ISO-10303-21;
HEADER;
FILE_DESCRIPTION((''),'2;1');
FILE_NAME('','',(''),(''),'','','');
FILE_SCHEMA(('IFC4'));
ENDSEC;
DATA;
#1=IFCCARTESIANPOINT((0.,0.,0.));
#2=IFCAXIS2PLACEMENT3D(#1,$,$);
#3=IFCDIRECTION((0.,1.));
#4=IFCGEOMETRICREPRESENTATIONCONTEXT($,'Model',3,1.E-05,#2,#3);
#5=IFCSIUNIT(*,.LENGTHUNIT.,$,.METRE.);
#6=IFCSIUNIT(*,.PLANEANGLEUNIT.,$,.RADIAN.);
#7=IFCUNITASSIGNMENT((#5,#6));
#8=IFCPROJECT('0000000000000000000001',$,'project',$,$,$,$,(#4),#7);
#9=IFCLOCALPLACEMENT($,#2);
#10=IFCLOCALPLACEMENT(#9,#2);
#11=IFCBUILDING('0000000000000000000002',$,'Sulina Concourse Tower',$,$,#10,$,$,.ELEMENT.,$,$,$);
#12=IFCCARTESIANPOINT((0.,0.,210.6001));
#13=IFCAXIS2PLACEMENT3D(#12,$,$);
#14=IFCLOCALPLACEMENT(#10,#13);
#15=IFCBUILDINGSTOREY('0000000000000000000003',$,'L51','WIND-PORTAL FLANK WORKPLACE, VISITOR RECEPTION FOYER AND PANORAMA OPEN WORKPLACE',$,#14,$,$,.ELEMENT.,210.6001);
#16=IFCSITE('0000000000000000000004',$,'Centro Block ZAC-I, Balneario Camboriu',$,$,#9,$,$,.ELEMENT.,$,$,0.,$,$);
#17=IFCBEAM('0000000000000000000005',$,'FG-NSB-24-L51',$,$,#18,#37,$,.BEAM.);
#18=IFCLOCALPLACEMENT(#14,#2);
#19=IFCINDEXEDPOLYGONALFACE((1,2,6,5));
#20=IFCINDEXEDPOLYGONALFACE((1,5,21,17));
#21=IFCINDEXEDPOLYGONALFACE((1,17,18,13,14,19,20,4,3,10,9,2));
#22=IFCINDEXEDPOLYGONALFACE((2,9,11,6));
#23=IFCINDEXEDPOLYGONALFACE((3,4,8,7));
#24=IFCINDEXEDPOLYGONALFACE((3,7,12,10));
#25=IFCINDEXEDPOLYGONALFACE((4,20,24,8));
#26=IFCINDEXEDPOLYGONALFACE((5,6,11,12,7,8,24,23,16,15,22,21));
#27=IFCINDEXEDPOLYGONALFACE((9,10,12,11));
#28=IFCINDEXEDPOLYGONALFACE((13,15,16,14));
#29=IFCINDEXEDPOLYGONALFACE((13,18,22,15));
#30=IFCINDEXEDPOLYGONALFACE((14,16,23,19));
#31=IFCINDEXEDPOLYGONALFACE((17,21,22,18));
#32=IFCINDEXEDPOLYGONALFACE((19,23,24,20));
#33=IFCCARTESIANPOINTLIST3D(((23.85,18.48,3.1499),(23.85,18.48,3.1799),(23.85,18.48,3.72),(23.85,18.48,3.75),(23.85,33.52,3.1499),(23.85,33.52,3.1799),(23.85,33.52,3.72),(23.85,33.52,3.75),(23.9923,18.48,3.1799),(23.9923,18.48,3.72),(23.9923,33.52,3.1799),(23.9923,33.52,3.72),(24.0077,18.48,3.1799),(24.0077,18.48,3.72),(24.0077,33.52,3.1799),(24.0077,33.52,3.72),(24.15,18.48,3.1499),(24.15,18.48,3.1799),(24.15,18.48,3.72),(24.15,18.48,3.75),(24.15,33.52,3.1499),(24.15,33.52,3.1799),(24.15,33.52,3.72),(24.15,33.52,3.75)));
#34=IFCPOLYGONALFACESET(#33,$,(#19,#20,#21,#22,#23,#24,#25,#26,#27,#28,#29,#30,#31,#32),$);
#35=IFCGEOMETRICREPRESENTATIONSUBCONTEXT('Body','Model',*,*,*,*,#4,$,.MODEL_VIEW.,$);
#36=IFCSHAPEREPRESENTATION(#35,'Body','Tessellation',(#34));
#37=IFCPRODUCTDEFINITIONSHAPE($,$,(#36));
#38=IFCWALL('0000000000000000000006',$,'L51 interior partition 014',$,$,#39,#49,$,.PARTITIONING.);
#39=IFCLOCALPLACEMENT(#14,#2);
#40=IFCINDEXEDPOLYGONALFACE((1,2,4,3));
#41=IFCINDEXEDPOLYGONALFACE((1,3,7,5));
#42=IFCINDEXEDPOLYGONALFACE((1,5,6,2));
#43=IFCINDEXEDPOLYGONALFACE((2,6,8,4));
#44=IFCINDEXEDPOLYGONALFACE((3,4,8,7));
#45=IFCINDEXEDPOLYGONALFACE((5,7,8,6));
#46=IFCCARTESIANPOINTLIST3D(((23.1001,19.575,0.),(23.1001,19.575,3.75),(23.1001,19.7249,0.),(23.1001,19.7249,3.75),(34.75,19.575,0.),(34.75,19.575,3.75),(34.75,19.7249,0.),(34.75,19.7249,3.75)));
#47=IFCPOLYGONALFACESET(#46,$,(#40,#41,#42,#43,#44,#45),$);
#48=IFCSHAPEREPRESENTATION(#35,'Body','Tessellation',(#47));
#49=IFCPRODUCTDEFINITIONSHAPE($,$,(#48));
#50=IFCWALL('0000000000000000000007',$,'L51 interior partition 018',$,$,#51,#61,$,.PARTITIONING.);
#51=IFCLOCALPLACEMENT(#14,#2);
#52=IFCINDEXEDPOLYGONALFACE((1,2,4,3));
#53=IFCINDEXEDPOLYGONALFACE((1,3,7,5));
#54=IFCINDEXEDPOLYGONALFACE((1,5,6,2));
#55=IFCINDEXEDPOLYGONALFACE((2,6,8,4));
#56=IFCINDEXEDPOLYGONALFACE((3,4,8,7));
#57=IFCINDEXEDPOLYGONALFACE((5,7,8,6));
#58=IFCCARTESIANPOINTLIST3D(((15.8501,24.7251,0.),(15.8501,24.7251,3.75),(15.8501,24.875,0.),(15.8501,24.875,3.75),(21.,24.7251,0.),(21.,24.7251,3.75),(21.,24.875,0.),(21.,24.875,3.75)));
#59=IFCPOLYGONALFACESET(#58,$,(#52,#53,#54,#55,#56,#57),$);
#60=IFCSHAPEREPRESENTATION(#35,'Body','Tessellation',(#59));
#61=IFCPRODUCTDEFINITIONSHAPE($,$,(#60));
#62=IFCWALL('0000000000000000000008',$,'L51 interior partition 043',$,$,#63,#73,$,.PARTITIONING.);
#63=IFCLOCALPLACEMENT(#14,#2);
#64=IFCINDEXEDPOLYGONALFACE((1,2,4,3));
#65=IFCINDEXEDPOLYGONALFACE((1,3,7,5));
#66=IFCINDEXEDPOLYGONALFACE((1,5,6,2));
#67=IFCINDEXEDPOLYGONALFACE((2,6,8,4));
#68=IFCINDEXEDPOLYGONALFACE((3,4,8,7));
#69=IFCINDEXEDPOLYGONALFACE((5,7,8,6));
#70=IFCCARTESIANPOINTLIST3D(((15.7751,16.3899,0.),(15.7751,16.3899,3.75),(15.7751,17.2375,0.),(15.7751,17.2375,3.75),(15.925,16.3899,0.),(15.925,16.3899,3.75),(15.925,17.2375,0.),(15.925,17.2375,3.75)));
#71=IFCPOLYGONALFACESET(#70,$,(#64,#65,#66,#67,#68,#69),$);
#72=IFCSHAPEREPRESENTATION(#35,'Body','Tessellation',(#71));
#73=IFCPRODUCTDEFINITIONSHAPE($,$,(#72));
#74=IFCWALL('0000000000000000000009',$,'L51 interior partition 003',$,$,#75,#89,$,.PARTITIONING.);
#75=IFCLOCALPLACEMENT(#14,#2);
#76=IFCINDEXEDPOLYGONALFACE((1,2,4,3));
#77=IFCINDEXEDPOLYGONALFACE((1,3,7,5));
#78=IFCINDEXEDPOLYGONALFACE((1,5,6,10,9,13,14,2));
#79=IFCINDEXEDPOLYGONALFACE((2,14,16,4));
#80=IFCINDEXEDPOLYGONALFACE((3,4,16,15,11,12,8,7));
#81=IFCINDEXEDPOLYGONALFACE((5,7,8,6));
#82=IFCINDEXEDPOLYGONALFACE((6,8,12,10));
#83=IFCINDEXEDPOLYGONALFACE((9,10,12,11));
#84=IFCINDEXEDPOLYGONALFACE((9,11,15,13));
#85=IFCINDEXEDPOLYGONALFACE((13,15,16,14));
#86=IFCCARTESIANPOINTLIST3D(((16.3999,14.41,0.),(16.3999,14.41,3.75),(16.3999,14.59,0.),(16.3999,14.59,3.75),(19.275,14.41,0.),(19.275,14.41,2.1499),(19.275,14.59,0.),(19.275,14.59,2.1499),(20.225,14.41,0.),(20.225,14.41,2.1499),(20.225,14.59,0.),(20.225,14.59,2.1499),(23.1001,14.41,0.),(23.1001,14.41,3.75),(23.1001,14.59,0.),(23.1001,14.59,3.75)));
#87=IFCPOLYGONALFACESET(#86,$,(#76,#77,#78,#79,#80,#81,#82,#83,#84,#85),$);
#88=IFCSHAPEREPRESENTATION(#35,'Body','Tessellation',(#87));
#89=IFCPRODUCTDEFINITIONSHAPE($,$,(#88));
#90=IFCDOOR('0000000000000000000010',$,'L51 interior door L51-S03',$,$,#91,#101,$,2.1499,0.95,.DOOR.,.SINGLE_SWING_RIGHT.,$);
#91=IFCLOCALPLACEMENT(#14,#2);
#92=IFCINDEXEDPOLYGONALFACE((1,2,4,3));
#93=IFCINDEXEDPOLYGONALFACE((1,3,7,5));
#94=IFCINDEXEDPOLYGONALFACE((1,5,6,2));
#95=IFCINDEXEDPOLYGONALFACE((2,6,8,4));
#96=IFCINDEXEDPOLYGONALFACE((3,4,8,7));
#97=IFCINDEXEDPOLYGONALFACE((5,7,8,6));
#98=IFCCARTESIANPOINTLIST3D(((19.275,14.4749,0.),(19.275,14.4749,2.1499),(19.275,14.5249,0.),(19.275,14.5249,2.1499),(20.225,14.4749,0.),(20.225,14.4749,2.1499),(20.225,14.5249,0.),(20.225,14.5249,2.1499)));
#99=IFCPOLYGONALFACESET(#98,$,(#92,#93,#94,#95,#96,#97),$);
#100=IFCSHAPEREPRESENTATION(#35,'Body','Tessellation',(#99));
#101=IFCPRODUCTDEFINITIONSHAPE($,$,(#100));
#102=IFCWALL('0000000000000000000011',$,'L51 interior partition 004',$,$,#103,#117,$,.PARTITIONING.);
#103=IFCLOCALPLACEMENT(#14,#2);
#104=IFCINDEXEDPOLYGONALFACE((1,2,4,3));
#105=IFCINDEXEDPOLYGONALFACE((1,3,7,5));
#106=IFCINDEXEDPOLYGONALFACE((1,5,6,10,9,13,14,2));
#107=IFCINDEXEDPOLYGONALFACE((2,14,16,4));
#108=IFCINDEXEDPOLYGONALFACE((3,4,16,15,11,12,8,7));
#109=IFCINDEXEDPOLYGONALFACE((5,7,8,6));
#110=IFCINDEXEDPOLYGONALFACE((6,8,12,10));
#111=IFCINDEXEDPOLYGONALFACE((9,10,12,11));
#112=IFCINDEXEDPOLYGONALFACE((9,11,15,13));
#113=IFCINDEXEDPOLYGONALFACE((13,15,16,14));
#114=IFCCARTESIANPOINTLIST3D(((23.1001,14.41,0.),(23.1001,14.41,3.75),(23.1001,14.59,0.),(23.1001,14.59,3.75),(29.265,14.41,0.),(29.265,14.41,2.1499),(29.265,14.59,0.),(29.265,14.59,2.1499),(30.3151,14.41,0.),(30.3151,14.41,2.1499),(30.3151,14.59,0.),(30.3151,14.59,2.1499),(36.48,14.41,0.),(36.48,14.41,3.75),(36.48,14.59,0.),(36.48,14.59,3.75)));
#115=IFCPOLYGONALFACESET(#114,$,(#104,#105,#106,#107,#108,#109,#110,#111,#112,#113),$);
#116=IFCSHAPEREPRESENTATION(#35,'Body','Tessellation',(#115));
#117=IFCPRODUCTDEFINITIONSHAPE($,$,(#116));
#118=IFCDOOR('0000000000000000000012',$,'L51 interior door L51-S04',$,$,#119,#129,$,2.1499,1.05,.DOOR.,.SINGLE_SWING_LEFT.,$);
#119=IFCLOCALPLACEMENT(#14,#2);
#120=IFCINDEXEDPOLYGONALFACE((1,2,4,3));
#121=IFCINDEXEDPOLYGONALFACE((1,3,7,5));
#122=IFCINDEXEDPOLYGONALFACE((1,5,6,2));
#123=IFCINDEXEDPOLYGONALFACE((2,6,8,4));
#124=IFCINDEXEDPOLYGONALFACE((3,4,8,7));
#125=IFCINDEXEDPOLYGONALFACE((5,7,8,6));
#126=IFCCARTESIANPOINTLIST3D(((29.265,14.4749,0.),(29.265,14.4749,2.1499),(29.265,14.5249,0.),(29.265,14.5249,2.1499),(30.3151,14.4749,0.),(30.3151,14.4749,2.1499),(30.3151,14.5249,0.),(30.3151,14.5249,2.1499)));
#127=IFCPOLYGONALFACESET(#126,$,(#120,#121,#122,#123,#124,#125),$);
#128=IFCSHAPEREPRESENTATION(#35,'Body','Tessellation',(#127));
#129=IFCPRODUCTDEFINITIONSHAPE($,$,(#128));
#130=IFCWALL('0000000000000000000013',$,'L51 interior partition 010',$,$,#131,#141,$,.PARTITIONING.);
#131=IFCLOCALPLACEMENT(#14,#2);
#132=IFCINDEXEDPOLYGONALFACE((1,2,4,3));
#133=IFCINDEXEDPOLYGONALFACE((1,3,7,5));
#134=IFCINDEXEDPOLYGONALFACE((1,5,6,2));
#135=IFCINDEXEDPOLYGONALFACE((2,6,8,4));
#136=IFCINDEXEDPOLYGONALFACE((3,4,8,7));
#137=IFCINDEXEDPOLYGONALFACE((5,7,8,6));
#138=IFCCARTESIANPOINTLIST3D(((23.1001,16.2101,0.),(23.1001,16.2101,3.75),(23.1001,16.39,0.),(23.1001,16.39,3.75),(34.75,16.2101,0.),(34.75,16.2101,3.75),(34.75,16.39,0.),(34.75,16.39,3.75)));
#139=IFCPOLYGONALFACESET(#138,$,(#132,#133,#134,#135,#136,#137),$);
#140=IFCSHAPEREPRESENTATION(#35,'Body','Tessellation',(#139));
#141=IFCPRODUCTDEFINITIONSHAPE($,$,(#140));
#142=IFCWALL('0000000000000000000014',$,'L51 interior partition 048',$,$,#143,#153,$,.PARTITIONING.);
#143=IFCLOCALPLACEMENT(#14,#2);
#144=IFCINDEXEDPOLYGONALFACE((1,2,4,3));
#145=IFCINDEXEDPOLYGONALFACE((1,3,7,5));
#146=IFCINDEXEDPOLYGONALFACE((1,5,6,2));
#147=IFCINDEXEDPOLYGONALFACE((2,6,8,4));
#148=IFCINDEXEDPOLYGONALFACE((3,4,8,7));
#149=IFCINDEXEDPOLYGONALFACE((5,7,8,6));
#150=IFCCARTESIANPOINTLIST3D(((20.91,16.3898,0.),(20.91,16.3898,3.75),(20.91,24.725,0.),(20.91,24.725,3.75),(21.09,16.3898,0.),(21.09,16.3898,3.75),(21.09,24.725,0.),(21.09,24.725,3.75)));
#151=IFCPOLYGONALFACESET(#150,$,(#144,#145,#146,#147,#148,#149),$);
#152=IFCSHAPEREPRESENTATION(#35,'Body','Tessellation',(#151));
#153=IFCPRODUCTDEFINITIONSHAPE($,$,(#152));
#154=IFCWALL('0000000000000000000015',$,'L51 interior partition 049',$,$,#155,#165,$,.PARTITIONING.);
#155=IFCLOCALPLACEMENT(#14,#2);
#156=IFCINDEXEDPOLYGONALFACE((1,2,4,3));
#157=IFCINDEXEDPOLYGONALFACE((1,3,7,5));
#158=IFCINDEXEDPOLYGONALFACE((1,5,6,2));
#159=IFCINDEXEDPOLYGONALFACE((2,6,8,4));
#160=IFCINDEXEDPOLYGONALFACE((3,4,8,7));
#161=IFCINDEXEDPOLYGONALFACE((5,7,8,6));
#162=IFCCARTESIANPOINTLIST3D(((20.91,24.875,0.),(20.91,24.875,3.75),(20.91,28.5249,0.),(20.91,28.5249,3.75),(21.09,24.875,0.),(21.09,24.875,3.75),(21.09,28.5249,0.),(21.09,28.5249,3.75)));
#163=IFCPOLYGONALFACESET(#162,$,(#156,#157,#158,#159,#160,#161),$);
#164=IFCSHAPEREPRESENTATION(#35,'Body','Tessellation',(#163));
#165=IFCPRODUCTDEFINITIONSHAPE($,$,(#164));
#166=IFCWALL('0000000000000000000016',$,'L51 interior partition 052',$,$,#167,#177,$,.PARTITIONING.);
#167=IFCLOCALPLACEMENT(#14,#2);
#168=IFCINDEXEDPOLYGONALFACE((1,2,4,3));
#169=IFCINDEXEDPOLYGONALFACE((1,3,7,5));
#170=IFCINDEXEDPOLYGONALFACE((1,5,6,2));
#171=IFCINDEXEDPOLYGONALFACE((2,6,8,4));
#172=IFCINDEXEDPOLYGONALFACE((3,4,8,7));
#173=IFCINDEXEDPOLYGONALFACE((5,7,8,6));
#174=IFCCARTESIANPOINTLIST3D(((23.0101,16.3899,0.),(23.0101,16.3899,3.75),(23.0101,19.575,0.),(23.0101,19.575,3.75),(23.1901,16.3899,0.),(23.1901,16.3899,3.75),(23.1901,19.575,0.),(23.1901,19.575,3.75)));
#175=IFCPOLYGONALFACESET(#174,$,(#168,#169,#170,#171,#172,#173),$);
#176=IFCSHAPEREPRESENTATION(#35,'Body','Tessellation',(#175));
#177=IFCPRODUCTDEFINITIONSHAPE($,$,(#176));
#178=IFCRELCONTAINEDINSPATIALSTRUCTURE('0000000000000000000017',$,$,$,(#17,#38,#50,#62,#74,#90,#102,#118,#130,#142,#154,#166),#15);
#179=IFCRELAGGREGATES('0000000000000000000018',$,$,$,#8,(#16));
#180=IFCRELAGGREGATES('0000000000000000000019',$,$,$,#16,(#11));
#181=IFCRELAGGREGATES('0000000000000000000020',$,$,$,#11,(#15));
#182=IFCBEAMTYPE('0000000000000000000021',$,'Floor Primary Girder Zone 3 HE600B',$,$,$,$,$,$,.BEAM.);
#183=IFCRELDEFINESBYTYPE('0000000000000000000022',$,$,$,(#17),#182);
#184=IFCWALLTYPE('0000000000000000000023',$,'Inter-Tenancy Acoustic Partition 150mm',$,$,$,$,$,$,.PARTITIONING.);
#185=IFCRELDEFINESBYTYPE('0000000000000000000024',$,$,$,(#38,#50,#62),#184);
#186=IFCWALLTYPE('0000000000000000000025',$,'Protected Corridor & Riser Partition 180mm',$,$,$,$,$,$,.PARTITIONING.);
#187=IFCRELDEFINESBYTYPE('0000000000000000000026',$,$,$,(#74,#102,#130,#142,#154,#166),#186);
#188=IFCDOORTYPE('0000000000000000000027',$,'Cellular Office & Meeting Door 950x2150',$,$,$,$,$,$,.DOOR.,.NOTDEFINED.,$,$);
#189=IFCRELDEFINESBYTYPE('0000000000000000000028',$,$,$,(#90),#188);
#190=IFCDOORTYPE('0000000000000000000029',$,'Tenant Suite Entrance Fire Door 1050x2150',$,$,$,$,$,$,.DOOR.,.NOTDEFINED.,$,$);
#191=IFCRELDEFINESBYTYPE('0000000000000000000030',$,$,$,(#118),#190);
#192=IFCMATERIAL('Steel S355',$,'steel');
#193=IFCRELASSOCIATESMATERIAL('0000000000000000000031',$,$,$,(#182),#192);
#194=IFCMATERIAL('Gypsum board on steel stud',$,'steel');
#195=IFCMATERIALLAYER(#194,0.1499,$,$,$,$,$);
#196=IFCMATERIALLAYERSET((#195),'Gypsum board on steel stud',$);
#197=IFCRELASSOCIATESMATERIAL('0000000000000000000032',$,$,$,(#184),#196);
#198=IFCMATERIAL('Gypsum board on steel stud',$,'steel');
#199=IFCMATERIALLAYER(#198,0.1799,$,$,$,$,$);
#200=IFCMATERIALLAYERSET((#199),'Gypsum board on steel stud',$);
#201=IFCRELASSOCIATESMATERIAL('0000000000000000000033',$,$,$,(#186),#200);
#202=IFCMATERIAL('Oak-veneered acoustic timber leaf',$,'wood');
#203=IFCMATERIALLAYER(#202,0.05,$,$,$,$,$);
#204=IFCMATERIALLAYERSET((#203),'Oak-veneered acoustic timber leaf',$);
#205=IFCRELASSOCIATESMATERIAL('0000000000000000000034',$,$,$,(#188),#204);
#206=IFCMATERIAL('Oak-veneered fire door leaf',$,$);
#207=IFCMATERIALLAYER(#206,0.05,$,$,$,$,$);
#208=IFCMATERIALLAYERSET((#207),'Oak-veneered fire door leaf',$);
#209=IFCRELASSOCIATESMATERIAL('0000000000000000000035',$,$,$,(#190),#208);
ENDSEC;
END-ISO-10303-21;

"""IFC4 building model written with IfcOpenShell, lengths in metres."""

from ifc_helpers import new_model, si_unit, direction, frame, frame_2d, origin, origin_2d, place, context, subcontext, project, spatial, rectangle, i_section, extrude, material, layer, layer_set, material_profile, profile_set, type_object, element, fill, save


model = new_model("IFC4")

# Units and contexts
model_context = context("Model", 3, precision=1e-05, world=origin(), true_north=direction((0.0, 1.0)))
body_context = subcontext(model_context, "Body", "Model", "MODEL_VIEW")
ifc_project = project(units=[si_unit("LENGTHUNIT", "METRE"), si_unit("PLANEANGLEUNIT", "RADIAN")], contexts=[model_context])

# Site, building, storey
site_placement = place(None, origin())
site = spatial("IfcSite", under=ifc_project, at=site_placement, Name="Centro Block ZAC-I, Balneario Camboriu", CompositionType="ELEMENT", RefElevation=0.0)
building_placement = place(site_placement, origin())
building = spatial("IfcBuilding", under=site, at=building_placement, Name="Sulina Concourse Tower", CompositionType="ELEMENT")
storey_placement = place(building_placement, frame((0.0, 0.0, 210.6001)))
storey = spatial("IfcBuildingStorey", under=building, at=storey_placement, Name="L51", Description="WIND-PORTAL FLANK WORKPLACE, VISITOR RECEPTION FOYER AND PANORAMA OPEN WORKPLACE", CompositionType="ELEMENT", Elevation=210.6001)

# Beam
ifc_material_1 = material(Name="Steel S355", Category="steel")
ifc_material_profile_1 = material_profile(ifc_material_1, i_section(OverallWidth=0.3, OverallDepth=0.6001, WebThickness=0.0154, FlangeThickness=0.03, at=origin_2d()), Name="HE 600 B")
ifc_profile_set_1 = profile_set([ifc_material_profile_1], Name="Steel S355")
beam_type_1 = type_object("IfcBeamType", Name="Floor Primary Girder Zone 3 HE600B", PredefinedType="BEAM", material=ifc_profile_set_1)
beam_1_placement = place(storey_placement, frame((24.0, 18.48, 3.45), z_axis=(0.0, 1.0, 0.0), x_axis=(-1.0, 0.0, 0.0)))
element("IfcBeam", 1, at=beam_1_placement, inside=storey, type_object=beam_type_1, Name="FG-NSB-24-L51", PredefinedType="BEAM", context=body_context, shape_type="SweptSolid", body=[
    extrude(i_section(OverallWidth=0.3, OverallDepth=0.6001, WebThickness=0.0154, FlangeThickness=0.03, at=origin_2d()), origin(), (0.0, 0.0, 1.0), 15.04),
])

# Walls
ifc_material_2 = material(Name="Gypsum board on steel stud", Category="steel")
ifc_layer_1 = layer(ifc_material_2, 0.1499)
ifc_layer_set_1 = layer_set([ifc_layer_1], Name="Gypsum board on steel stud")
wall_type_1 = type_object("IfcWallType", Name="Inter-Tenancy Acoustic Partition 150mm", PredefinedType="PARTITIONING", material=ifc_layer_set_1)
wall_1_placement = place(storey_placement, frame((23.1001, 19.6499, 0.0), z_axis=(0.0, 0.0, 1.0), x_axis=(1.0, 0.0, 0.0)))
element("IfcWall", 2, at=wall_1_placement, inside=storey, type_object=wall_type_1, Name="L51 interior partition 014", PredefinedType="PARTITIONING", context=body_context, shape_type="SweptSolid", body=[
    extrude(rectangle(XDim=11.6499, YDim=0.1499, at=frame_2d((5.825, 0.0))), origin(), (0.0, 0.0, 1.0), 3.75),
])
wall_2_placement = place(storey_placement, frame((15.8501, 24.8, 0.0), z_axis=(0.0, 0.0, 1.0), x_axis=(1.0, 0.0, 0.0)))
element("IfcWall", 3, at=wall_2_placement, inside=storey, type_object=wall_type_1, Name="L51 interior partition 018", PredefinedType="PARTITIONING", context=body_context, shape_type="SweptSolid", body=[
    extrude(rectangle(XDim=5.1499, YDim=0.1499, at=frame_2d((2.575, 0.0))), origin(), (0.0, 0.0, 1.0), 3.75),
])
wall_3_placement = place(storey_placement, frame((15.8501, 16.3899, 0.0), z_axis=(0.0, 0.0, 1.0), x_axis=(0.0, 1.0, 0.0)))
element("IfcWall", 4, at=wall_3_placement, inside=storey, type_object=wall_type_1, Name="L51 interior partition 043", PredefinedType="PARTITIONING", context=body_context, shape_type="SweptSolid", body=[
    extrude(rectangle(XDim=0.8477, YDim=0.1499, at=frame_2d((0.4238, 0.0))), origin(), (0.0, 0.0, 1.0), 3.75),
])

# Walls, openings, doors
ifc_material_3 = material(Name="Gypsum board on steel stud", Category="steel")
ifc_layer_2 = layer(ifc_material_3, 0.1799)
ifc_layer_set_2 = layer_set([ifc_layer_2], Name="Gypsum board on steel stud")
wall_type_2 = type_object("IfcWallType", Name="Protected Corridor & Riser Partition 180mm", PredefinedType="PARTITIONING", material=ifc_layer_set_2)
wall_4_placement = place(storey_placement, frame((16.3999, 14.5, 0.0), z_axis=(0.0, 0.0, 1.0), x_axis=(1.0, 0.0, 0.0)))
wall_4 = element("IfcWall", 5, at=wall_4_placement, inside=storey, type_object=wall_type_2, Name="L51 interior partition 003", PredefinedType="PARTITIONING", context=body_context, shape_type="SweptSolid", body=[
    extrude(rectangle(XDim=6.7002, YDim=0.1799, at=frame_2d((3.3501, 0.0))), origin(), (0.0, 0.0, 1.0), 3.75),
])
opening_1_placement = place(wall_4_placement, frame((2.875, 0.0, 0.0)))
opening_1 = element("IfcOpeningElement", 6, at=opening_1_placement, cuts=wall_4, PredefinedType="OPENING", context=body_context, shape_type="SweptSolid", body=[
    extrude(rectangle(XDim=0.95, YDim=2.1499, at=frame_2d((0.4751, 1.075))), frame((0.0, 0.0999, 0.0), z_axis=(0.0, -1.0, 0.0), x_axis=(1.0, 0.0, 0.0)), (0.0, 0.0, 1.0), 0.2),
])
ifc_material_4 = material(Name="Oak-veneered acoustic timber leaf", Category="wood")
ifc_layer_3 = layer(ifc_material_4, 0.05)
ifc_layer_set_3 = layer_set([ifc_layer_3], Name="Oak-veneered acoustic timber leaf")
door_type_1 = type_object("IfcDoorType", Name="Cellular Office & Meeting Door 950x2150", OperationType="NOTDEFINED", PredefinedType="DOOR", material=ifc_layer_set_3)
door_1_placement = place(opening_1_placement, origin())
door_1 = element("IfcDoor", 7, at=door_1_placement, inside=storey, type_object=door_type_1, Name="L51 interior door L51-S03", OperationType="SINGLE_SWING_RIGHT", OverallHeight=2.1499, OverallWidth=0.95, PredefinedType="DOOR", context=body_context, shape_type="SweptSolid", body=[
    extrude(rectangle(XDim=0.95, YDim=2.1499, at=frame_2d((0.4751, 1.075))), frame((0.0, 0.0249, 0.0), z_axis=(0.0, -1.0, 0.0), x_axis=(1.0, 0.0, 0.0)), (0.0, 0.0, 1.0), 0.05),
])
fill(opening_1, door_1)
wall_5_placement = place(storey_placement, frame((23.1001, 14.5, 0.0), z_axis=(0.0, 0.0, 1.0), x_axis=(1.0, 0.0, 0.0)))
wall_5 = element("IfcWall", 8, at=wall_5_placement, inside=storey, type_object=wall_type_2, Name="L51 interior partition 004", PredefinedType="PARTITIONING", context=body_context, shape_type="SweptSolid", body=[
    extrude(rectangle(XDim=13.3799, YDim=0.1799, at=frame_2d((6.6899, 0.0))), origin(), (0.0, 0.0, 1.0), 3.75),
])
opening_2_placement = place(wall_5_placement, frame((6.165, 0.0, 0.0)))
opening_2 = element("IfcOpeningElement", 9, at=opening_2_placement, cuts=wall_5, PredefinedType="OPENING", context=body_context, shape_type="SweptSolid", body=[
    extrude(rectangle(XDim=1.05, YDim=2.1499, at=frame_2d((0.5249, 1.075))), frame((0.0, 0.0999, 0.0), z_axis=(0.0, -1.0, 0.0), x_axis=(1.0, 0.0, 0.0)), (0.0, 0.0, 1.0), 0.2),
])
ifc_material_5 = material(Name="Oak-veneered fire door leaf")
ifc_layer_4 = layer(ifc_material_5, 0.05)
ifc_layer_set_4 = layer_set([ifc_layer_4], Name="Oak-veneered fire door leaf")
door_type_2 = type_object("IfcDoorType", Name="Tenant Suite Entrance Fire Door 1050x2150", OperationType="NOTDEFINED", PredefinedType="DOOR", material=ifc_layer_set_4)
door_2_placement = place(opening_2_placement, origin())
door_2 = element("IfcDoor", 10, at=door_2_placement, inside=storey, type_object=door_type_2, Name="L51 interior door L51-S04", OperationType="SINGLE_SWING_LEFT", OverallHeight=2.1499, OverallWidth=1.05, PredefinedType="DOOR", context=body_context, shape_type="SweptSolid", body=[
    extrude(rectangle(XDim=1.05, YDim=2.1499, at=frame_2d((0.5249, 1.075))), frame((0.0, 0.0249, 0.0), z_axis=(0.0, -1.0, 0.0), x_axis=(1.0, 0.0, 0.0)), (0.0, 0.0, 1.0), 0.05),
])
fill(opening_2, door_2)

# Walls
wall_6_placement = place(storey_placement, frame((23.1001, 16.3, 0.0), z_axis=(0.0, 0.0, 1.0), x_axis=(1.0, 0.0, 0.0)))
element("IfcWall", 11, at=wall_6_placement, inside=storey, type_object=wall_type_2, Name="L51 interior partition 010", PredefinedType="PARTITIONING", context=body_context, shape_type="SweptSolid", body=[
    extrude(rectangle(XDim=11.6499, YDim=0.1799, at=frame_2d((5.825, 0.0))), origin(), (0.0, 0.0, 1.0), 3.75),
])
wall_7_placement = place(storey_placement, frame((21.0, 16.3899, 0.0), z_axis=(0.0, 0.0, 1.0), x_axis=(0.0, 1.0, 0.0)))
element("IfcWall", 12, at=wall_7_placement, inside=storey, type_object=wall_type_2, Name="L51 interior partition 048", PredefinedType="PARTITIONING", context=body_context, shape_type="SweptSolid", body=[
    extrude(rectangle(XDim=8.3352, YDim=0.1799, at=frame_2d((4.1675, 0.0))), origin(), (0.0, 0.0, 1.0), 3.75),
])
wall_8_placement = place(storey_placement, frame((21.0, 24.875, 0.0), z_axis=(0.0, 0.0, 1.0), x_axis=(0.0, 1.0, 0.0)))
element("IfcWall", 13, at=wall_8_placement, inside=storey, type_object=wall_type_2, Name="L51 interior partition 049", PredefinedType="PARTITIONING", context=body_context, shape_type="SweptSolid", body=[
    extrude(rectangle(XDim=3.6499, YDim=0.1799, at=frame_2d((1.825, 0.0))), origin(), (0.0, 0.0, 1.0), 3.75),
])
wall_9_placement = place(storey_placement, frame((23.1001, 16.3899, 0.0), z_axis=(0.0, 0.0, 1.0), x_axis=(0.0, 1.0, 0.0)))
element("IfcWall", 14, at=wall_9_placement, inside=storey, type_object=wall_type_2, Name="L51 interior partition 052", PredefinedType="PARTITIONING", context=body_context, shape_type="SweptSolid", body=[
    extrude(rectangle(XDim=3.1851, YDim=0.1799, at=frame_2d((1.5925, 0.0))), origin(), (0.0, 0.0, 1.0), 3.75),
])

save(model, "model.ifc")
